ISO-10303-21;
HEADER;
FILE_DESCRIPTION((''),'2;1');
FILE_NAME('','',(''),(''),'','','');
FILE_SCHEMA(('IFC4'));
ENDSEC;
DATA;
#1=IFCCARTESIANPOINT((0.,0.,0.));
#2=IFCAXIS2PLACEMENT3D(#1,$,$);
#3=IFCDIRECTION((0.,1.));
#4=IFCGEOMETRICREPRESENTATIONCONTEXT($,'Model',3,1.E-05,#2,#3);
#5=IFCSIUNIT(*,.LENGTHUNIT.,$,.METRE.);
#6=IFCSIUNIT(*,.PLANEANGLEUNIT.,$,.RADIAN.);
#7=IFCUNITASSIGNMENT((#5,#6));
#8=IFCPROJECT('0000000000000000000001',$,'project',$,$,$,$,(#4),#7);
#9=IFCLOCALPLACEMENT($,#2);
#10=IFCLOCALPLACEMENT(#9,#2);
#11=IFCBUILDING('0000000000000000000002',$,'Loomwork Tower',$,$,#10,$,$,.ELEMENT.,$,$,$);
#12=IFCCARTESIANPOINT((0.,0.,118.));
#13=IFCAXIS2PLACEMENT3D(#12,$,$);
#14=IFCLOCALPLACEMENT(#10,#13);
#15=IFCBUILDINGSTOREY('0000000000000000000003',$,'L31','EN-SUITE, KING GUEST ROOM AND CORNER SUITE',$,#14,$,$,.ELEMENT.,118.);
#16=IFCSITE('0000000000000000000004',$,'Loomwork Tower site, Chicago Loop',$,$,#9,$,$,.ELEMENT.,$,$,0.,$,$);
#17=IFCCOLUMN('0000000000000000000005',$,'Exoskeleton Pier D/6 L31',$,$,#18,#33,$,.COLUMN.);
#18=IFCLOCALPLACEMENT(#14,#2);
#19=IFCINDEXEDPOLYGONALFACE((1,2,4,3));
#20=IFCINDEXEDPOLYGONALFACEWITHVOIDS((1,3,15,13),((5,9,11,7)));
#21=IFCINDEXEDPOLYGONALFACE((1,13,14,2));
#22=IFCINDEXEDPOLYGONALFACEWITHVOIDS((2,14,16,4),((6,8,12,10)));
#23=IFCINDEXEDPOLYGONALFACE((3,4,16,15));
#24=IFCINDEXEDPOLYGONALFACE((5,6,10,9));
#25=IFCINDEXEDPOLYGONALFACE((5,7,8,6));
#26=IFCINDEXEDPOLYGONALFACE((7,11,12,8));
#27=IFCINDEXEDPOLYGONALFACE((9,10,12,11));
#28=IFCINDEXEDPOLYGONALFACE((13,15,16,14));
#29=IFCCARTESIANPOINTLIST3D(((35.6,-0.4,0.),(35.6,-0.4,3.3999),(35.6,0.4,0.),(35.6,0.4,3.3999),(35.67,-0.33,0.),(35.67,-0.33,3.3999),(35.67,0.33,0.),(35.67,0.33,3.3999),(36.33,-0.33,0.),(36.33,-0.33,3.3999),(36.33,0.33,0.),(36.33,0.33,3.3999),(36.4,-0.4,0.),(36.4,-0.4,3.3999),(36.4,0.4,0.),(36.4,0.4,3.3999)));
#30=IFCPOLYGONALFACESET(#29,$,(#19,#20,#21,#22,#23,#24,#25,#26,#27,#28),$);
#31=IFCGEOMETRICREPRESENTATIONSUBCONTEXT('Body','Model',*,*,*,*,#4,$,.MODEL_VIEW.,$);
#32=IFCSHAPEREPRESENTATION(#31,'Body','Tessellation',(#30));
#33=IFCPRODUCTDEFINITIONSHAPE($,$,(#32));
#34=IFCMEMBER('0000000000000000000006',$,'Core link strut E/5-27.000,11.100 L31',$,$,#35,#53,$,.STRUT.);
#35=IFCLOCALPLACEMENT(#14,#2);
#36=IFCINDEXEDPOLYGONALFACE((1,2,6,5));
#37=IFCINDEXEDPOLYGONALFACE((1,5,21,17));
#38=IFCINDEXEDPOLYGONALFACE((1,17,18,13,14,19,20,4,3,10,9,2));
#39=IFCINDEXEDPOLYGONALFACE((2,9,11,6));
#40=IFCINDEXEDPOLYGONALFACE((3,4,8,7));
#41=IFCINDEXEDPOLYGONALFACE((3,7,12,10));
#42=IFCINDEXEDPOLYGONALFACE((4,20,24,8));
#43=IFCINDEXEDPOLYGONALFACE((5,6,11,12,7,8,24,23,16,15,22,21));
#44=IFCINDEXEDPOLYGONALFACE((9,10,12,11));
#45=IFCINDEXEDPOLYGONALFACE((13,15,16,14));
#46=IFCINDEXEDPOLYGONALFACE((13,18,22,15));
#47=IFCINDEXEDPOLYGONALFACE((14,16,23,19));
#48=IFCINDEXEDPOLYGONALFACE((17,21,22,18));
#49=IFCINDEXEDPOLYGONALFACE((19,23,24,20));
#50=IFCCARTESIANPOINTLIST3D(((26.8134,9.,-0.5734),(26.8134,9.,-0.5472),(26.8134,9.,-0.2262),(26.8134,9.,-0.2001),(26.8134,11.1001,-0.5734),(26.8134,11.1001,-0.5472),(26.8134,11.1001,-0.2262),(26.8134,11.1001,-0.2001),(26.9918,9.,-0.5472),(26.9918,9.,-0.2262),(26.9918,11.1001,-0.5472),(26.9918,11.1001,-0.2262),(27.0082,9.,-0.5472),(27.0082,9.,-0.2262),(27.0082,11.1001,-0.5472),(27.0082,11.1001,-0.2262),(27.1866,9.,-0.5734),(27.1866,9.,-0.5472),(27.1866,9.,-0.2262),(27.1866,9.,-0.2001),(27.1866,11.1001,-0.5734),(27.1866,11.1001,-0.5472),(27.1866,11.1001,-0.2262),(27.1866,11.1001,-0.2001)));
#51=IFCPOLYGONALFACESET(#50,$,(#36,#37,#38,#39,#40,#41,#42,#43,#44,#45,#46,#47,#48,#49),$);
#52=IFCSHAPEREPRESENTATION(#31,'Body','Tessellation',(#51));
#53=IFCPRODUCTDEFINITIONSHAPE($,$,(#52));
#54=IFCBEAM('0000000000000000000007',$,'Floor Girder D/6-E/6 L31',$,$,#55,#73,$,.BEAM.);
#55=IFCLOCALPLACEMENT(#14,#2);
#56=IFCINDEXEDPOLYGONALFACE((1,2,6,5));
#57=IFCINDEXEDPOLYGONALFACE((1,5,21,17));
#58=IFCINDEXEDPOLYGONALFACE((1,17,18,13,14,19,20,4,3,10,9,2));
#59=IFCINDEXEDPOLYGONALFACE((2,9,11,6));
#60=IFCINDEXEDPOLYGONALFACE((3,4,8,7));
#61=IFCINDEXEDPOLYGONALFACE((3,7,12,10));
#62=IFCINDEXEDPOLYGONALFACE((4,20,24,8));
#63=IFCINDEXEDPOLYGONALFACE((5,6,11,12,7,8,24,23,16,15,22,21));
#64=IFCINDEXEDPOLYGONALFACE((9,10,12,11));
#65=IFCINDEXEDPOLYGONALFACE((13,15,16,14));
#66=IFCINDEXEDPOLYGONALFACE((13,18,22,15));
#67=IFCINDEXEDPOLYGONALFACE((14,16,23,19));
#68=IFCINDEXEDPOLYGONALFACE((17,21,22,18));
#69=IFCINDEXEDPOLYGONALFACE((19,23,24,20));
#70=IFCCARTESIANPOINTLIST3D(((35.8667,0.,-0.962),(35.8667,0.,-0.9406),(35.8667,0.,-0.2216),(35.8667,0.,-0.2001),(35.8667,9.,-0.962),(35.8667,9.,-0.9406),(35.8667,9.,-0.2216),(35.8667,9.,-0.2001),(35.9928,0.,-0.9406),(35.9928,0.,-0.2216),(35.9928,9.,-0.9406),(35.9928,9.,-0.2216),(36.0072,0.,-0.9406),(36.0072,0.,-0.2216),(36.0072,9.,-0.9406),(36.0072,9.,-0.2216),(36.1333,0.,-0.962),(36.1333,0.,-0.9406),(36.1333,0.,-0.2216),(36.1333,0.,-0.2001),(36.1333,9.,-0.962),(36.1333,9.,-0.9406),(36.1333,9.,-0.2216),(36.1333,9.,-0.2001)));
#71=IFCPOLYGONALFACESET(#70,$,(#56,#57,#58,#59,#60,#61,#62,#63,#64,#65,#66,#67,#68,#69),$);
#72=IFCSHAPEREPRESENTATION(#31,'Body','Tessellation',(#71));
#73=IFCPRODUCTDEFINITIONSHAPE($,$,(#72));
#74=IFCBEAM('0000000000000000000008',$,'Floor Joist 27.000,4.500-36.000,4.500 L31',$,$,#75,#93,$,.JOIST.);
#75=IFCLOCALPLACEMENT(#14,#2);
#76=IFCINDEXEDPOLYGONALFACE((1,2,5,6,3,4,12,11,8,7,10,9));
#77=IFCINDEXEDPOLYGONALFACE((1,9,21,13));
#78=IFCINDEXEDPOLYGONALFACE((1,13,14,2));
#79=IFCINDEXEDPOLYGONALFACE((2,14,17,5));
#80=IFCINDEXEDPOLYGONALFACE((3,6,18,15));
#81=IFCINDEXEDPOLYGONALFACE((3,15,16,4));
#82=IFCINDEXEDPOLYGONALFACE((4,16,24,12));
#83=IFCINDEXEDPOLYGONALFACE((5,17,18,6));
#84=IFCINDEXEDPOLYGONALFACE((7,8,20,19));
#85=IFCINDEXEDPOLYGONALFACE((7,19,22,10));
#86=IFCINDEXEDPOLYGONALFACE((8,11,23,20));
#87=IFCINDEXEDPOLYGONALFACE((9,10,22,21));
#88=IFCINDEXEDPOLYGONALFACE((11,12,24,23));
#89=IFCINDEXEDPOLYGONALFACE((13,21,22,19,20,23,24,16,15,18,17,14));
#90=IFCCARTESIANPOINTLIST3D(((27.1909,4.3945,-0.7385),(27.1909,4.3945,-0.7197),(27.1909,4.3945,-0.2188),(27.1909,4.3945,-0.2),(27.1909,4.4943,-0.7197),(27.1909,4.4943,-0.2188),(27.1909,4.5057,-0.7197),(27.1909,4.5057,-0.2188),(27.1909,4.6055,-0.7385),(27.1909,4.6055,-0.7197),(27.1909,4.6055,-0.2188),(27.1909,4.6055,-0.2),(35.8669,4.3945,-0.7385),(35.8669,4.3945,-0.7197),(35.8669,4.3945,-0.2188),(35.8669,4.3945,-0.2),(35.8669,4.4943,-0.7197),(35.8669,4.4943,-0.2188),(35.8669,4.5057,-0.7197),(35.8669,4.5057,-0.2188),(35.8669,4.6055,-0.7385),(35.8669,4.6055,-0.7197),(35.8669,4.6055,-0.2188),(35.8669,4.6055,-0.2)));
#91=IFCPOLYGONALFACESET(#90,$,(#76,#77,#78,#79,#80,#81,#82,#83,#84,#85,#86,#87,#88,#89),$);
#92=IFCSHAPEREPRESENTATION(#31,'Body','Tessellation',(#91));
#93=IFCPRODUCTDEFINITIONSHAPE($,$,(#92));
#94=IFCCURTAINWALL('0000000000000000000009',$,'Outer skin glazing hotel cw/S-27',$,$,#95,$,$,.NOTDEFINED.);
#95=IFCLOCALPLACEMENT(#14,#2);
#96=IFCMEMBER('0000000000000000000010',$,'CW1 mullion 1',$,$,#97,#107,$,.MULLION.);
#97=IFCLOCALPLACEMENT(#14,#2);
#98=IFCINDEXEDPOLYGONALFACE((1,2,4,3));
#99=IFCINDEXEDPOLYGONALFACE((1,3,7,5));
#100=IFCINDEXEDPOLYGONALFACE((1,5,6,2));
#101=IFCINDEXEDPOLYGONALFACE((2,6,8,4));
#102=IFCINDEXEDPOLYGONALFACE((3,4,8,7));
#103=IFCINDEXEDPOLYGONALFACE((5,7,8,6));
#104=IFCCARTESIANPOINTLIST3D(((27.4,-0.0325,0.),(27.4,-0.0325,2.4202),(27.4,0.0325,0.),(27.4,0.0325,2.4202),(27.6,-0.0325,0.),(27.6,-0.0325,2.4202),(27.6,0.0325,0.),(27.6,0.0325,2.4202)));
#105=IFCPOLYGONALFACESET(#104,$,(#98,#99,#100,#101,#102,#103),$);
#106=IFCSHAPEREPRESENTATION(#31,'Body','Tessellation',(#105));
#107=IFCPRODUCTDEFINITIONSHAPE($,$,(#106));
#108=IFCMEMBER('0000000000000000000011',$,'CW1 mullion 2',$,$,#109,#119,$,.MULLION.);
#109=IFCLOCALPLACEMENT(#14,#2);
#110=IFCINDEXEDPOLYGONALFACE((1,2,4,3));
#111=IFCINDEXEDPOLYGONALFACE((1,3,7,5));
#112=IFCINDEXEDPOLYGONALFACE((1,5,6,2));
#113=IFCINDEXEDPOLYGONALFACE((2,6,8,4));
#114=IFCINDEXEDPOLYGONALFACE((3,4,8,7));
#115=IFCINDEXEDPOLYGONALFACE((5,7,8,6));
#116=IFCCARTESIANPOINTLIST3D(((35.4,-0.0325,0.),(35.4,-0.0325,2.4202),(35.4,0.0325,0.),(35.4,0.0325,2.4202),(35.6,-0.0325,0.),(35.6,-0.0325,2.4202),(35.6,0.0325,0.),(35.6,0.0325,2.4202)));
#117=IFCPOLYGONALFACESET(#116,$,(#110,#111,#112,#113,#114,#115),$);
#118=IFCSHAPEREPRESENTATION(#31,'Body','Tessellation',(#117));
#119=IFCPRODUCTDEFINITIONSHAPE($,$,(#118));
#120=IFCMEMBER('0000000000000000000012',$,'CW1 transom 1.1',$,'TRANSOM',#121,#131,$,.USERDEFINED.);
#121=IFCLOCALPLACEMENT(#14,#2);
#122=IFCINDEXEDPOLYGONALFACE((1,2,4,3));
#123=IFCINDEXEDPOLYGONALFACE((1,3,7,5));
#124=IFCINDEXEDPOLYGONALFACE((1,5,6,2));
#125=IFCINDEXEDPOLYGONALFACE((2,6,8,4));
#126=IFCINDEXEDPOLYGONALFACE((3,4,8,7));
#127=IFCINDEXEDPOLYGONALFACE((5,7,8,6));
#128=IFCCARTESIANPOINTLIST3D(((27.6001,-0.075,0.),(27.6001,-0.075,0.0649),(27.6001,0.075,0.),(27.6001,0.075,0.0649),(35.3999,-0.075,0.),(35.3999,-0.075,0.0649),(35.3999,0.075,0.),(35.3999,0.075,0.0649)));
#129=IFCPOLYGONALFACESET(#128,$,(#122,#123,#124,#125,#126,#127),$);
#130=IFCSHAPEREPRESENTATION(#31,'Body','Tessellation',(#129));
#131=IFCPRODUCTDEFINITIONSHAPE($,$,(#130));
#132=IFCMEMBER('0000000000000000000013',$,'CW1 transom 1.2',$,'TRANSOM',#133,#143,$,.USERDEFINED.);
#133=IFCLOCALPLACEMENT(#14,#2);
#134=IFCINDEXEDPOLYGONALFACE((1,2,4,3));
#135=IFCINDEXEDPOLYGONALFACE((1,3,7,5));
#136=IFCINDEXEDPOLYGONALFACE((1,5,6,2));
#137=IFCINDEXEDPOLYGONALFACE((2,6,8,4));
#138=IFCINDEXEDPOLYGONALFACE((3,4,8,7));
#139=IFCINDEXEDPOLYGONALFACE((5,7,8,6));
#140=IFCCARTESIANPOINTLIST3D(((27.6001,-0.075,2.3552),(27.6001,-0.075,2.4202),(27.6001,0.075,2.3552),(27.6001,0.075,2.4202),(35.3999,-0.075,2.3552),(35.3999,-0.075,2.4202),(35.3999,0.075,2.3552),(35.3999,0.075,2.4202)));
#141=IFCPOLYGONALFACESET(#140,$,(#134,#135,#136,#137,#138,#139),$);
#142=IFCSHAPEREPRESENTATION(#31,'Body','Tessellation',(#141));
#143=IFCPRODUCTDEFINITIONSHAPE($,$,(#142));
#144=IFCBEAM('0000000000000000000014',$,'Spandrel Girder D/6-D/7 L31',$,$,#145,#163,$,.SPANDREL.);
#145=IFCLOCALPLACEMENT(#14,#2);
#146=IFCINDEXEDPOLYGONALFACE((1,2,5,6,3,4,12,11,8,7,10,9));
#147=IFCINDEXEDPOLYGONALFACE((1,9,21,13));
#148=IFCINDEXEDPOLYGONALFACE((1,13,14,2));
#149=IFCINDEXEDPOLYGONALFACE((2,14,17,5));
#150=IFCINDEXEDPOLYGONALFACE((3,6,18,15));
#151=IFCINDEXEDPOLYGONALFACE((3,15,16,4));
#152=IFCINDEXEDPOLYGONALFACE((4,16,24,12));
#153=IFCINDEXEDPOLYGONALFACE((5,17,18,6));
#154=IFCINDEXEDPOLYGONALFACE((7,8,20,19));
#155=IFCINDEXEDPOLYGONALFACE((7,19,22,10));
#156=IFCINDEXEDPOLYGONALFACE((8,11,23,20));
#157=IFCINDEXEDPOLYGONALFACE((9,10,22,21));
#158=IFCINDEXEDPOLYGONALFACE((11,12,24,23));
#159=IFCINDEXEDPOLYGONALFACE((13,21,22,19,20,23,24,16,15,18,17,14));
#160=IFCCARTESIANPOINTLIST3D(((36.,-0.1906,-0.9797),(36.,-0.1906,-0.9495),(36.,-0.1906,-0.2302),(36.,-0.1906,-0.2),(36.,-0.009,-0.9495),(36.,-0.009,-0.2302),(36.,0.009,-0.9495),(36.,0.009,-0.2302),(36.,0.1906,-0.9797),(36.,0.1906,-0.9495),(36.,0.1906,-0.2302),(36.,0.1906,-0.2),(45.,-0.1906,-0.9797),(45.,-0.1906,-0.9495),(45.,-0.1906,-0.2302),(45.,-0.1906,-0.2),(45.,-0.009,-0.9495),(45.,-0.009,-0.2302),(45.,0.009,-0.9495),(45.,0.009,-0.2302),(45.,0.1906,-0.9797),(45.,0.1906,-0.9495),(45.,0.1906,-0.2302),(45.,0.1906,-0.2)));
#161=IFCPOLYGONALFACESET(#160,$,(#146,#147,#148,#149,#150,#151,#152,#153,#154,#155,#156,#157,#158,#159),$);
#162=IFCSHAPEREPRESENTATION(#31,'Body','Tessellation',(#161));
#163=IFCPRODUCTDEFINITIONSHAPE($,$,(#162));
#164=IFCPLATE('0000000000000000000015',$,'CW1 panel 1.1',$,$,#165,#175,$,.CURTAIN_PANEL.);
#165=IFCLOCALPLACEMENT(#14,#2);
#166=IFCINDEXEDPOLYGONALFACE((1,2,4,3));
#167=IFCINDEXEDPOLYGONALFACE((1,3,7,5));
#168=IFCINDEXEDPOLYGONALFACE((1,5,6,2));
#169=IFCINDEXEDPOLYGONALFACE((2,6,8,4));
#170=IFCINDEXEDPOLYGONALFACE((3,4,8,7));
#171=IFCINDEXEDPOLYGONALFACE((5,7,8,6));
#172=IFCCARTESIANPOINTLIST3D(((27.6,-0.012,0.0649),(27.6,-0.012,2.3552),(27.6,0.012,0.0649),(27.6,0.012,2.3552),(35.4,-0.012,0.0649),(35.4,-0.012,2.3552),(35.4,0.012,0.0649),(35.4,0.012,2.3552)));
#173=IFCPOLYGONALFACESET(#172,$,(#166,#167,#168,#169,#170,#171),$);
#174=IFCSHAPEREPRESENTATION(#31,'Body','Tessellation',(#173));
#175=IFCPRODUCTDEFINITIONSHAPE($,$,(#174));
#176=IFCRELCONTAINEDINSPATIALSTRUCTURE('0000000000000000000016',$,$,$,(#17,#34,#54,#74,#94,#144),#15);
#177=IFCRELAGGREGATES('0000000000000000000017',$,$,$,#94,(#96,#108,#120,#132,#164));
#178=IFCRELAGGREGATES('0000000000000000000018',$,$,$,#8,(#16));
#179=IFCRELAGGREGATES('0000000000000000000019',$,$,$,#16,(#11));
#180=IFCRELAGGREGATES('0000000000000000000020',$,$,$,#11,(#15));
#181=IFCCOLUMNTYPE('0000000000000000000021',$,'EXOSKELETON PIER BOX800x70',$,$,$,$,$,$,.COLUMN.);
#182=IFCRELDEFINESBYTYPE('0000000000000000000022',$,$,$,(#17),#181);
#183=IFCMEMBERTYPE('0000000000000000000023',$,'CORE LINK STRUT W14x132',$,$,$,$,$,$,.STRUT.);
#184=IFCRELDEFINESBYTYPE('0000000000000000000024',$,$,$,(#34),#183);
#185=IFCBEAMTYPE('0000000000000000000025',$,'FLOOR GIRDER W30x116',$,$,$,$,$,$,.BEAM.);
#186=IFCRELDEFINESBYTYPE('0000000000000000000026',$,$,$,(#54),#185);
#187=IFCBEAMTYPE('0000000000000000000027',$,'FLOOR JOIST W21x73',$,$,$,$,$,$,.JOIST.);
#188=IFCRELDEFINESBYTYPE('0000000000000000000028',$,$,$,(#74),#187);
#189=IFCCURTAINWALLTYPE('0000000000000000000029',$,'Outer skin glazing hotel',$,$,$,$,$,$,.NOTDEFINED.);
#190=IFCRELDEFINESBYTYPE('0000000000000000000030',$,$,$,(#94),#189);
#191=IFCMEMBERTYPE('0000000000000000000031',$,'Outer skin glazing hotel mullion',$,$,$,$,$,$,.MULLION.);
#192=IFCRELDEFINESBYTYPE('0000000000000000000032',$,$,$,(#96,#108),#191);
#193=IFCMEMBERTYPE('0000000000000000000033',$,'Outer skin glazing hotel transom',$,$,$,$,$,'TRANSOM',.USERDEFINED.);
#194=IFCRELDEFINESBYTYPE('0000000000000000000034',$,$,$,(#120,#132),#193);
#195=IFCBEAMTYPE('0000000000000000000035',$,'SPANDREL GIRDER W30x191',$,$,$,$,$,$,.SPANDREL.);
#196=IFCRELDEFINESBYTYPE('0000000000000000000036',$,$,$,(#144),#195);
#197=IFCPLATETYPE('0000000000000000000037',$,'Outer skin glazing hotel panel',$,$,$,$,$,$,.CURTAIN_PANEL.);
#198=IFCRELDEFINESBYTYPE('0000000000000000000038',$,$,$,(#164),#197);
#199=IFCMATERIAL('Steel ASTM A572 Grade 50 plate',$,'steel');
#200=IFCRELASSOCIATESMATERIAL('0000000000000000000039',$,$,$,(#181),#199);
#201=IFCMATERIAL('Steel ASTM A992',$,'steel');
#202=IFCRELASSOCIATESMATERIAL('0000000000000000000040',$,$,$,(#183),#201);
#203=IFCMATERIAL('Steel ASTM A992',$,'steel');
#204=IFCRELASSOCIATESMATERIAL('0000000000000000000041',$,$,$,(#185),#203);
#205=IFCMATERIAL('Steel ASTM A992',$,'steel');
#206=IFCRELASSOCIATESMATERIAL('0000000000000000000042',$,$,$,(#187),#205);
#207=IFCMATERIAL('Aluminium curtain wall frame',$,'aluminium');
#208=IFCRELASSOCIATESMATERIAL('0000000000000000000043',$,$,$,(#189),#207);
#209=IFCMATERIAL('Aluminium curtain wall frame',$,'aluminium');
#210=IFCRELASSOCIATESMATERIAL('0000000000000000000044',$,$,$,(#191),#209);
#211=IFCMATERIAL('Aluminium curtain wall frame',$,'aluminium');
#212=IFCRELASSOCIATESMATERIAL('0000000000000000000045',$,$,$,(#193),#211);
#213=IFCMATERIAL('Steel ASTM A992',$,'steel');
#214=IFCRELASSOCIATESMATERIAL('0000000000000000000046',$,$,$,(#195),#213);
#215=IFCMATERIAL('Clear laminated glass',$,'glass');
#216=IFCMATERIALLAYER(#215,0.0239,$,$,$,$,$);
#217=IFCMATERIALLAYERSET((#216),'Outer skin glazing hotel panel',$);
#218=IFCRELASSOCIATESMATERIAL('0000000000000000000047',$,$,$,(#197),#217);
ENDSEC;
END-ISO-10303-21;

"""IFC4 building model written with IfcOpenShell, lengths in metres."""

from ifc_helpers import new_model, si_unit, direction, frame, origin, origin_2d, place, context, subcontext, project, spatial, rectangle, hollow_rectangle, i_section, extrude, material, layer, layer_set, material_profile, profile_set, type_object, element, aggregate, save


model = new_model("IFC4")

# Units and contexts
model_context = context("Model", 3, precision=1e-05, world=origin(), true_north=direction((0.0, 1.0)))
body_context = subcontext(model_context, "Body", "Model", "MODEL_VIEW")
ifc_project = project(units=[si_unit("LENGTHUNIT", "METRE"), si_unit("PLANEANGLEUNIT", "RADIAN")], contexts=[model_context])

# Site, building, storey
site_placement = place(None, origin())
site = spatial("IfcSite", under=ifc_project, at=site_placement, Name="Loomwork Tower site, Chicago Loop", CompositionType="ELEMENT", RefElevation=0.0)
building_placement = place(site_placement, origin())
building = spatial("IfcBuilding", under=site, at=building_placement, Name="Loomwork Tower", CompositionType="ELEMENT")
storey_placement = place(building_placement, frame((0.0, 0.0, 118.0)))
storey = spatial("IfcBuildingStorey", under=building, at=storey_placement, Name="L31", Description="EN-SUITE, KING GUEST ROOM AND CORNER SUITE", CompositionType="ELEMENT", Elevation=118.0)

# Column
ifc_material_1 = material(Name="Steel ASTM A572 Grade 50 plate", Category="steel")
ifc_material_profile_1 = material_profile(ifc_material_1, hollow_rectangle(XDim=0.8, YDim=0.8, WallThickness=0.0701, at=origin_2d()), Name="BOX800x70")
ifc_profile_set_1 = profile_set([ifc_material_profile_1], Name="Steel ASTM A572 Grade 50 plate")
column_type = type_object("IfcColumnType", Name="EXOSKELETON PIER BOX800x70", PredefinedType="COLUMN", material=ifc_profile_set_1)
column_placement = place(storey_placement, frame((36.0, 0.0, 0.0), z_axis=(0.0, 0.0, 1.0), x_axis=(1.0, 0.0, 0.0)))
element("IfcColumn", 1, at=column_placement, inside=storey, type_object=column_type, Name="Exoskeleton Pier D/6 L31", PredefinedType="COLUMN", context=body_context, shape_type="SweptSolid", body=[
    extrude(hollow_rectangle(XDim=0.8, YDim=0.8, WallThickness=0.0701, at=origin_2d()), origin(), (0.0, 0.0, 1.0), 3.3999),
])

# Member
ifc_material_2 = material(Name="Steel ASTM A992", Category="steel")
ifc_material_profile_2 = material_profile(ifc_material_2, i_section(OverallWidth=0.3733, OverallDepth=0.3733, WebThickness=0.0164, FlangeThickness=0.0261, at=origin_2d()), Name="W14x132")
ifc_profile_set_2 = profile_set([ifc_material_profile_2], Name="Steel ASTM A992")
member_type_1 = type_object("IfcMemberType", Name="CORE LINK STRUT W14x132", PredefinedType="STRUT", material=ifc_profile_set_2)
member_1_placement = place(storey_placement, frame((27.0, 9.0, -0.3867), z_axis=(0.0, 1.0, 0.0), x_axis=(-1.0, 0.0, 0.0)))
element("IfcMember", 2, at=member_1_placement, inside=storey, type_object=member_type_1, Name="Core link strut E/5-27.000,11.100 L31", PredefinedType="STRUT", context=body_context, shape_type="SweptSolid", body=[
    extrude(i_section(OverallWidth=0.3733, OverallDepth=0.3733, WebThickness=0.0164, FlangeThickness=0.0261, at=origin_2d()), origin(), (0.0, 0.0, 1.0), 2.1001),
])

# Beams
ifc_material_3 = material(Name="Steel ASTM A992", Category="steel")
ifc_material_profile_3 = material_profile(ifc_material_3, i_section(OverallWidth=0.2666, OverallDepth=0.762, WebThickness=0.0144, FlangeThickness=0.0215, at=origin_2d()), Name="W30x116")
ifc_profile_set_3 = profile_set([ifc_material_profile_3], Name="Steel ASTM A992")
beam_type_1 = type_object("IfcBeamType", Name="FLOOR GIRDER W30x116", PredefinedType="BEAM", material=ifc_profile_set_3)
beam_1_placement = place(storey_placement, frame((36.0, 0.0, -0.5811), z_axis=(0.0, 1.0, 0.0), x_axis=(-1.0, 0.0, 0.0)))
element("IfcBeam", 3, at=beam_1_placement, inside=storey, type_object=beam_type_1, Name="Floor Girder D/6-E/6 L31", PredefinedType="BEAM", context=body_context, shape_type="SweptSolid", body=[
    extrude(i_section(OverallWidth=0.2666, OverallDepth=0.762, WebThickness=0.0144, FlangeThickness=0.0215, at=origin_2d()), origin(), (0.0, 0.0, 1.0), 9.0),
])
ifc_material_4 = material(Name="Steel ASTM A992", Category="steel")
ifc_material_profile_4 = material_profile(ifc_material_4, i_section(OverallWidth=0.2109, OverallDepth=0.5386, WebThickness=0.0115, FlangeThickness=0.0188, at=origin_2d()), Name="W21x73")
ifc_profile_set_4 = profile_set([ifc_material_profile_4], Name="Steel ASTM A992")
beam_type_2 = type_object("IfcBeamType", Name="FLOOR JOIST W21x73", PredefinedType="JOIST", material=ifc_profile_set_4)
beam_2_placement = place(storey_placement, frame((27.1909, 4.5, -0.4692), z_axis=(1.0, 0.0, 0.0), x_axis=(0.0, 1.0, 0.0)))
element("IfcBeam", 4, at=beam_2_placement, inside=storey, type_object=beam_type_2, Name="Floor Joist 27.000,4.500-36.000,4.500 L31", PredefinedType="JOIST", context=body_context, shape_type="SweptSolid", body=[
    extrude(i_section(OverallWidth=0.2109, OverallDepth=0.5386, WebThickness=0.0115, FlangeThickness=0.0188, at=origin_2d()), origin(), (0.0, 0.0, 1.0), 8.676),
])

# Curtain wall, members
ifc_material_5 = material(Name="Aluminium curtain wall frame", Category="aluminium")
curtain_wall_type = type_object("IfcCurtainWallType", Name="Outer skin glazing hotel", PredefinedType="NOTDEFINED", material=ifc_material_5)
curtain_wall_placement = place(storey_placement, origin())
curtain_wall = element("IfcCurtainWall", 5, at=curtain_wall_placement, inside=storey, type_object=curtain_wall_type, Name="Outer skin glazing hotel cw/S-27", PredefinedType="NOTDEFINED")
ifc_material_6 = material(Name="Aluminium curtain wall frame", Category="aluminium")
ifc_material_profile_5 = material_profile(ifc_material_6, rectangle(XDim=0.0649, YDim=0.2, at=origin_2d()), Name="AL 65x200")
ifc_profile_set_5 = profile_set([ifc_material_profile_5], Name="Aluminium curtain wall frame")
member_type_2 = type_object("IfcMemberType", Name="Outer skin glazing hotel mullion", PredefinedType="MULLION", material=ifc_profile_set_5)
member_2_placement = place(storey_placement, frame((27.5, 0.0, 0.0), z_axis=(0.0, 0.0, 1.0), x_axis=(0.0, 1.0, 0.0)))
member_2 = element("IfcMember", 6, at=member_2_placement, type_object=member_type_2, Name="CW1 mullion 1", PredefinedType="MULLION", context=body_context, shape_type="SweptSolid", body=[
    extrude(rectangle(XDim=0.0649, YDim=0.2, at=origin_2d()), origin(), (0.0, 0.0, 1.0), 2.4202),
])
member_3_placement = place(storey_placement, frame((35.5, 0.0, 0.0), z_axis=(0.0, 0.0, 1.0), x_axis=(0.0, 1.0, 0.0)))
member_3 = element("IfcMember", 7, at=member_3_placement, type_object=member_type_2, Name="CW1 mullion 2", PredefinedType="MULLION", context=body_context, shape_type="SweptSolid", body=[
    extrude(rectangle(XDim=0.0649, YDim=0.2, at=origin_2d()), origin(), (0.0, 0.0, 1.0), 2.4202),
])
ifc_material_7 = material(Name="Aluminium curtain wall frame", Category="aluminium")
ifc_material_profile_6 = material_profile(ifc_material_7, rectangle(XDim=0.1499, YDim=0.0649, at=origin_2d()), Name="AL 65x150")
ifc_profile_set_6 = profile_set([ifc_material_profile_6], Name="Aluminium curtain wall frame")
member_type_3 = type_object("IfcMemberType", Name="Outer skin glazing hotel transom", ElementType="TRANSOM", PredefinedType="USERDEFINED", material=ifc_profile_set_6)
member_4_placement = place(storey_placement, frame((27.6001, 0.0, 0.0325), z_axis=(1.0, 0.0, 0.0), x_axis=(0.0, 1.0, 0.0)))
member_4 = element("IfcMember", 8, at=member_4_placement, type_object=member_type_3, Name="CW1 transom 1.1", ObjectType="TRANSOM", PredefinedType="USERDEFINED", context=body_context, shape_type="SweptSolid", body=[
    extrude(rectangle(XDim=0.1499, YDim=0.0649, at=origin_2d()), origin(), (0.0, 0.0, 1.0), 7.7998),
])
member_5_placement = place(storey_placement, frame((27.6001, 0.0, 2.3877), z_axis=(1.0, 0.0, 0.0), x_axis=(0.0, 1.0, 0.0)))
member_5 = element("IfcMember", 9, at=member_5_placement, type_object=member_type_3, Name="CW1 transom 1.2", ObjectType="TRANSOM", PredefinedType="USERDEFINED", context=body_context, shape_type="SweptSolid", body=[
    extrude(rectangle(XDim=0.1499, YDim=0.0649, at=origin_2d()), origin(), (0.0, 0.0, 1.0), 7.7998),
])

# Beam
ifc_material_8 = material(Name="Steel ASTM A992", Category="steel")
ifc_material_profile_7 = material_profile(ifc_material_8, i_section(OverallWidth=0.3811, OverallDepth=0.7798, WebThickness=0.0181, FlangeThickness=0.0303, at=origin_2d()), Name="W30x191")
ifc_profile_set_7 = profile_set([ifc_material_profile_7], Name="Steel ASTM A992")
beam_type_3 = type_object("IfcBeamType", Name="SPANDREL GIRDER W30x191", PredefinedType="SPANDREL", material=ifc_profile_set_7)
beam_3_placement = place(storey_placement, frame((36.0, 0.0, -0.5898), z_axis=(1.0, 0.0, 0.0), x_axis=(0.0, 1.0, 0.0)))
element("IfcBeam", 10, at=beam_3_placement, inside=storey, type_object=beam_type_3, Name="Spandrel Girder D/6-D/7 L31", PredefinedType="SPANDREL", context=body_context, shape_type="SweptSolid", body=[
    extrude(i_section(OverallWidth=0.3811, OverallDepth=0.7798, WebThickness=0.0181, FlangeThickness=0.0303, at=origin_2d()), origin(), (0.0, 0.0, 1.0), 9.0),
])

# Plate
ifc_material_9 = material(Name="Clear laminated glass", Category="glass")
ifc_layer_1 = layer(ifc_material_9, 0.0239)
ifc_layer_set_1 = layer_set([ifc_layer_1], Name="Outer skin glazing hotel panel")
plate_type = type_object("IfcPlateType", Name="Outer skin glazing hotel panel", PredefinedType="CURTAIN_PANEL", material=ifc_layer_set_1)
plate_placement = place(storey_placement, frame((31.5, 0.0, 0.0649), z_axis=(0.0, 0.0, 1.0), x_axis=(1.0, 0.0, 0.0)))
plate = element("IfcPlate", 11, at=plate_placement, type_object=plate_type, Name="CW1 panel 1.1", PredefinedType="CURTAIN_PANEL", context=body_context, shape_type="SweptSolid", body=[
    extrude(rectangle(XDim=7.8, YDim=0.0239, at=origin_2d()), origin(), (0.0, 0.0, 1.0), 2.2903),
])
aggregate(curtain_wall, [member_2, member_3, member_4, member_5, plate])

save(model, "model.ifc")
